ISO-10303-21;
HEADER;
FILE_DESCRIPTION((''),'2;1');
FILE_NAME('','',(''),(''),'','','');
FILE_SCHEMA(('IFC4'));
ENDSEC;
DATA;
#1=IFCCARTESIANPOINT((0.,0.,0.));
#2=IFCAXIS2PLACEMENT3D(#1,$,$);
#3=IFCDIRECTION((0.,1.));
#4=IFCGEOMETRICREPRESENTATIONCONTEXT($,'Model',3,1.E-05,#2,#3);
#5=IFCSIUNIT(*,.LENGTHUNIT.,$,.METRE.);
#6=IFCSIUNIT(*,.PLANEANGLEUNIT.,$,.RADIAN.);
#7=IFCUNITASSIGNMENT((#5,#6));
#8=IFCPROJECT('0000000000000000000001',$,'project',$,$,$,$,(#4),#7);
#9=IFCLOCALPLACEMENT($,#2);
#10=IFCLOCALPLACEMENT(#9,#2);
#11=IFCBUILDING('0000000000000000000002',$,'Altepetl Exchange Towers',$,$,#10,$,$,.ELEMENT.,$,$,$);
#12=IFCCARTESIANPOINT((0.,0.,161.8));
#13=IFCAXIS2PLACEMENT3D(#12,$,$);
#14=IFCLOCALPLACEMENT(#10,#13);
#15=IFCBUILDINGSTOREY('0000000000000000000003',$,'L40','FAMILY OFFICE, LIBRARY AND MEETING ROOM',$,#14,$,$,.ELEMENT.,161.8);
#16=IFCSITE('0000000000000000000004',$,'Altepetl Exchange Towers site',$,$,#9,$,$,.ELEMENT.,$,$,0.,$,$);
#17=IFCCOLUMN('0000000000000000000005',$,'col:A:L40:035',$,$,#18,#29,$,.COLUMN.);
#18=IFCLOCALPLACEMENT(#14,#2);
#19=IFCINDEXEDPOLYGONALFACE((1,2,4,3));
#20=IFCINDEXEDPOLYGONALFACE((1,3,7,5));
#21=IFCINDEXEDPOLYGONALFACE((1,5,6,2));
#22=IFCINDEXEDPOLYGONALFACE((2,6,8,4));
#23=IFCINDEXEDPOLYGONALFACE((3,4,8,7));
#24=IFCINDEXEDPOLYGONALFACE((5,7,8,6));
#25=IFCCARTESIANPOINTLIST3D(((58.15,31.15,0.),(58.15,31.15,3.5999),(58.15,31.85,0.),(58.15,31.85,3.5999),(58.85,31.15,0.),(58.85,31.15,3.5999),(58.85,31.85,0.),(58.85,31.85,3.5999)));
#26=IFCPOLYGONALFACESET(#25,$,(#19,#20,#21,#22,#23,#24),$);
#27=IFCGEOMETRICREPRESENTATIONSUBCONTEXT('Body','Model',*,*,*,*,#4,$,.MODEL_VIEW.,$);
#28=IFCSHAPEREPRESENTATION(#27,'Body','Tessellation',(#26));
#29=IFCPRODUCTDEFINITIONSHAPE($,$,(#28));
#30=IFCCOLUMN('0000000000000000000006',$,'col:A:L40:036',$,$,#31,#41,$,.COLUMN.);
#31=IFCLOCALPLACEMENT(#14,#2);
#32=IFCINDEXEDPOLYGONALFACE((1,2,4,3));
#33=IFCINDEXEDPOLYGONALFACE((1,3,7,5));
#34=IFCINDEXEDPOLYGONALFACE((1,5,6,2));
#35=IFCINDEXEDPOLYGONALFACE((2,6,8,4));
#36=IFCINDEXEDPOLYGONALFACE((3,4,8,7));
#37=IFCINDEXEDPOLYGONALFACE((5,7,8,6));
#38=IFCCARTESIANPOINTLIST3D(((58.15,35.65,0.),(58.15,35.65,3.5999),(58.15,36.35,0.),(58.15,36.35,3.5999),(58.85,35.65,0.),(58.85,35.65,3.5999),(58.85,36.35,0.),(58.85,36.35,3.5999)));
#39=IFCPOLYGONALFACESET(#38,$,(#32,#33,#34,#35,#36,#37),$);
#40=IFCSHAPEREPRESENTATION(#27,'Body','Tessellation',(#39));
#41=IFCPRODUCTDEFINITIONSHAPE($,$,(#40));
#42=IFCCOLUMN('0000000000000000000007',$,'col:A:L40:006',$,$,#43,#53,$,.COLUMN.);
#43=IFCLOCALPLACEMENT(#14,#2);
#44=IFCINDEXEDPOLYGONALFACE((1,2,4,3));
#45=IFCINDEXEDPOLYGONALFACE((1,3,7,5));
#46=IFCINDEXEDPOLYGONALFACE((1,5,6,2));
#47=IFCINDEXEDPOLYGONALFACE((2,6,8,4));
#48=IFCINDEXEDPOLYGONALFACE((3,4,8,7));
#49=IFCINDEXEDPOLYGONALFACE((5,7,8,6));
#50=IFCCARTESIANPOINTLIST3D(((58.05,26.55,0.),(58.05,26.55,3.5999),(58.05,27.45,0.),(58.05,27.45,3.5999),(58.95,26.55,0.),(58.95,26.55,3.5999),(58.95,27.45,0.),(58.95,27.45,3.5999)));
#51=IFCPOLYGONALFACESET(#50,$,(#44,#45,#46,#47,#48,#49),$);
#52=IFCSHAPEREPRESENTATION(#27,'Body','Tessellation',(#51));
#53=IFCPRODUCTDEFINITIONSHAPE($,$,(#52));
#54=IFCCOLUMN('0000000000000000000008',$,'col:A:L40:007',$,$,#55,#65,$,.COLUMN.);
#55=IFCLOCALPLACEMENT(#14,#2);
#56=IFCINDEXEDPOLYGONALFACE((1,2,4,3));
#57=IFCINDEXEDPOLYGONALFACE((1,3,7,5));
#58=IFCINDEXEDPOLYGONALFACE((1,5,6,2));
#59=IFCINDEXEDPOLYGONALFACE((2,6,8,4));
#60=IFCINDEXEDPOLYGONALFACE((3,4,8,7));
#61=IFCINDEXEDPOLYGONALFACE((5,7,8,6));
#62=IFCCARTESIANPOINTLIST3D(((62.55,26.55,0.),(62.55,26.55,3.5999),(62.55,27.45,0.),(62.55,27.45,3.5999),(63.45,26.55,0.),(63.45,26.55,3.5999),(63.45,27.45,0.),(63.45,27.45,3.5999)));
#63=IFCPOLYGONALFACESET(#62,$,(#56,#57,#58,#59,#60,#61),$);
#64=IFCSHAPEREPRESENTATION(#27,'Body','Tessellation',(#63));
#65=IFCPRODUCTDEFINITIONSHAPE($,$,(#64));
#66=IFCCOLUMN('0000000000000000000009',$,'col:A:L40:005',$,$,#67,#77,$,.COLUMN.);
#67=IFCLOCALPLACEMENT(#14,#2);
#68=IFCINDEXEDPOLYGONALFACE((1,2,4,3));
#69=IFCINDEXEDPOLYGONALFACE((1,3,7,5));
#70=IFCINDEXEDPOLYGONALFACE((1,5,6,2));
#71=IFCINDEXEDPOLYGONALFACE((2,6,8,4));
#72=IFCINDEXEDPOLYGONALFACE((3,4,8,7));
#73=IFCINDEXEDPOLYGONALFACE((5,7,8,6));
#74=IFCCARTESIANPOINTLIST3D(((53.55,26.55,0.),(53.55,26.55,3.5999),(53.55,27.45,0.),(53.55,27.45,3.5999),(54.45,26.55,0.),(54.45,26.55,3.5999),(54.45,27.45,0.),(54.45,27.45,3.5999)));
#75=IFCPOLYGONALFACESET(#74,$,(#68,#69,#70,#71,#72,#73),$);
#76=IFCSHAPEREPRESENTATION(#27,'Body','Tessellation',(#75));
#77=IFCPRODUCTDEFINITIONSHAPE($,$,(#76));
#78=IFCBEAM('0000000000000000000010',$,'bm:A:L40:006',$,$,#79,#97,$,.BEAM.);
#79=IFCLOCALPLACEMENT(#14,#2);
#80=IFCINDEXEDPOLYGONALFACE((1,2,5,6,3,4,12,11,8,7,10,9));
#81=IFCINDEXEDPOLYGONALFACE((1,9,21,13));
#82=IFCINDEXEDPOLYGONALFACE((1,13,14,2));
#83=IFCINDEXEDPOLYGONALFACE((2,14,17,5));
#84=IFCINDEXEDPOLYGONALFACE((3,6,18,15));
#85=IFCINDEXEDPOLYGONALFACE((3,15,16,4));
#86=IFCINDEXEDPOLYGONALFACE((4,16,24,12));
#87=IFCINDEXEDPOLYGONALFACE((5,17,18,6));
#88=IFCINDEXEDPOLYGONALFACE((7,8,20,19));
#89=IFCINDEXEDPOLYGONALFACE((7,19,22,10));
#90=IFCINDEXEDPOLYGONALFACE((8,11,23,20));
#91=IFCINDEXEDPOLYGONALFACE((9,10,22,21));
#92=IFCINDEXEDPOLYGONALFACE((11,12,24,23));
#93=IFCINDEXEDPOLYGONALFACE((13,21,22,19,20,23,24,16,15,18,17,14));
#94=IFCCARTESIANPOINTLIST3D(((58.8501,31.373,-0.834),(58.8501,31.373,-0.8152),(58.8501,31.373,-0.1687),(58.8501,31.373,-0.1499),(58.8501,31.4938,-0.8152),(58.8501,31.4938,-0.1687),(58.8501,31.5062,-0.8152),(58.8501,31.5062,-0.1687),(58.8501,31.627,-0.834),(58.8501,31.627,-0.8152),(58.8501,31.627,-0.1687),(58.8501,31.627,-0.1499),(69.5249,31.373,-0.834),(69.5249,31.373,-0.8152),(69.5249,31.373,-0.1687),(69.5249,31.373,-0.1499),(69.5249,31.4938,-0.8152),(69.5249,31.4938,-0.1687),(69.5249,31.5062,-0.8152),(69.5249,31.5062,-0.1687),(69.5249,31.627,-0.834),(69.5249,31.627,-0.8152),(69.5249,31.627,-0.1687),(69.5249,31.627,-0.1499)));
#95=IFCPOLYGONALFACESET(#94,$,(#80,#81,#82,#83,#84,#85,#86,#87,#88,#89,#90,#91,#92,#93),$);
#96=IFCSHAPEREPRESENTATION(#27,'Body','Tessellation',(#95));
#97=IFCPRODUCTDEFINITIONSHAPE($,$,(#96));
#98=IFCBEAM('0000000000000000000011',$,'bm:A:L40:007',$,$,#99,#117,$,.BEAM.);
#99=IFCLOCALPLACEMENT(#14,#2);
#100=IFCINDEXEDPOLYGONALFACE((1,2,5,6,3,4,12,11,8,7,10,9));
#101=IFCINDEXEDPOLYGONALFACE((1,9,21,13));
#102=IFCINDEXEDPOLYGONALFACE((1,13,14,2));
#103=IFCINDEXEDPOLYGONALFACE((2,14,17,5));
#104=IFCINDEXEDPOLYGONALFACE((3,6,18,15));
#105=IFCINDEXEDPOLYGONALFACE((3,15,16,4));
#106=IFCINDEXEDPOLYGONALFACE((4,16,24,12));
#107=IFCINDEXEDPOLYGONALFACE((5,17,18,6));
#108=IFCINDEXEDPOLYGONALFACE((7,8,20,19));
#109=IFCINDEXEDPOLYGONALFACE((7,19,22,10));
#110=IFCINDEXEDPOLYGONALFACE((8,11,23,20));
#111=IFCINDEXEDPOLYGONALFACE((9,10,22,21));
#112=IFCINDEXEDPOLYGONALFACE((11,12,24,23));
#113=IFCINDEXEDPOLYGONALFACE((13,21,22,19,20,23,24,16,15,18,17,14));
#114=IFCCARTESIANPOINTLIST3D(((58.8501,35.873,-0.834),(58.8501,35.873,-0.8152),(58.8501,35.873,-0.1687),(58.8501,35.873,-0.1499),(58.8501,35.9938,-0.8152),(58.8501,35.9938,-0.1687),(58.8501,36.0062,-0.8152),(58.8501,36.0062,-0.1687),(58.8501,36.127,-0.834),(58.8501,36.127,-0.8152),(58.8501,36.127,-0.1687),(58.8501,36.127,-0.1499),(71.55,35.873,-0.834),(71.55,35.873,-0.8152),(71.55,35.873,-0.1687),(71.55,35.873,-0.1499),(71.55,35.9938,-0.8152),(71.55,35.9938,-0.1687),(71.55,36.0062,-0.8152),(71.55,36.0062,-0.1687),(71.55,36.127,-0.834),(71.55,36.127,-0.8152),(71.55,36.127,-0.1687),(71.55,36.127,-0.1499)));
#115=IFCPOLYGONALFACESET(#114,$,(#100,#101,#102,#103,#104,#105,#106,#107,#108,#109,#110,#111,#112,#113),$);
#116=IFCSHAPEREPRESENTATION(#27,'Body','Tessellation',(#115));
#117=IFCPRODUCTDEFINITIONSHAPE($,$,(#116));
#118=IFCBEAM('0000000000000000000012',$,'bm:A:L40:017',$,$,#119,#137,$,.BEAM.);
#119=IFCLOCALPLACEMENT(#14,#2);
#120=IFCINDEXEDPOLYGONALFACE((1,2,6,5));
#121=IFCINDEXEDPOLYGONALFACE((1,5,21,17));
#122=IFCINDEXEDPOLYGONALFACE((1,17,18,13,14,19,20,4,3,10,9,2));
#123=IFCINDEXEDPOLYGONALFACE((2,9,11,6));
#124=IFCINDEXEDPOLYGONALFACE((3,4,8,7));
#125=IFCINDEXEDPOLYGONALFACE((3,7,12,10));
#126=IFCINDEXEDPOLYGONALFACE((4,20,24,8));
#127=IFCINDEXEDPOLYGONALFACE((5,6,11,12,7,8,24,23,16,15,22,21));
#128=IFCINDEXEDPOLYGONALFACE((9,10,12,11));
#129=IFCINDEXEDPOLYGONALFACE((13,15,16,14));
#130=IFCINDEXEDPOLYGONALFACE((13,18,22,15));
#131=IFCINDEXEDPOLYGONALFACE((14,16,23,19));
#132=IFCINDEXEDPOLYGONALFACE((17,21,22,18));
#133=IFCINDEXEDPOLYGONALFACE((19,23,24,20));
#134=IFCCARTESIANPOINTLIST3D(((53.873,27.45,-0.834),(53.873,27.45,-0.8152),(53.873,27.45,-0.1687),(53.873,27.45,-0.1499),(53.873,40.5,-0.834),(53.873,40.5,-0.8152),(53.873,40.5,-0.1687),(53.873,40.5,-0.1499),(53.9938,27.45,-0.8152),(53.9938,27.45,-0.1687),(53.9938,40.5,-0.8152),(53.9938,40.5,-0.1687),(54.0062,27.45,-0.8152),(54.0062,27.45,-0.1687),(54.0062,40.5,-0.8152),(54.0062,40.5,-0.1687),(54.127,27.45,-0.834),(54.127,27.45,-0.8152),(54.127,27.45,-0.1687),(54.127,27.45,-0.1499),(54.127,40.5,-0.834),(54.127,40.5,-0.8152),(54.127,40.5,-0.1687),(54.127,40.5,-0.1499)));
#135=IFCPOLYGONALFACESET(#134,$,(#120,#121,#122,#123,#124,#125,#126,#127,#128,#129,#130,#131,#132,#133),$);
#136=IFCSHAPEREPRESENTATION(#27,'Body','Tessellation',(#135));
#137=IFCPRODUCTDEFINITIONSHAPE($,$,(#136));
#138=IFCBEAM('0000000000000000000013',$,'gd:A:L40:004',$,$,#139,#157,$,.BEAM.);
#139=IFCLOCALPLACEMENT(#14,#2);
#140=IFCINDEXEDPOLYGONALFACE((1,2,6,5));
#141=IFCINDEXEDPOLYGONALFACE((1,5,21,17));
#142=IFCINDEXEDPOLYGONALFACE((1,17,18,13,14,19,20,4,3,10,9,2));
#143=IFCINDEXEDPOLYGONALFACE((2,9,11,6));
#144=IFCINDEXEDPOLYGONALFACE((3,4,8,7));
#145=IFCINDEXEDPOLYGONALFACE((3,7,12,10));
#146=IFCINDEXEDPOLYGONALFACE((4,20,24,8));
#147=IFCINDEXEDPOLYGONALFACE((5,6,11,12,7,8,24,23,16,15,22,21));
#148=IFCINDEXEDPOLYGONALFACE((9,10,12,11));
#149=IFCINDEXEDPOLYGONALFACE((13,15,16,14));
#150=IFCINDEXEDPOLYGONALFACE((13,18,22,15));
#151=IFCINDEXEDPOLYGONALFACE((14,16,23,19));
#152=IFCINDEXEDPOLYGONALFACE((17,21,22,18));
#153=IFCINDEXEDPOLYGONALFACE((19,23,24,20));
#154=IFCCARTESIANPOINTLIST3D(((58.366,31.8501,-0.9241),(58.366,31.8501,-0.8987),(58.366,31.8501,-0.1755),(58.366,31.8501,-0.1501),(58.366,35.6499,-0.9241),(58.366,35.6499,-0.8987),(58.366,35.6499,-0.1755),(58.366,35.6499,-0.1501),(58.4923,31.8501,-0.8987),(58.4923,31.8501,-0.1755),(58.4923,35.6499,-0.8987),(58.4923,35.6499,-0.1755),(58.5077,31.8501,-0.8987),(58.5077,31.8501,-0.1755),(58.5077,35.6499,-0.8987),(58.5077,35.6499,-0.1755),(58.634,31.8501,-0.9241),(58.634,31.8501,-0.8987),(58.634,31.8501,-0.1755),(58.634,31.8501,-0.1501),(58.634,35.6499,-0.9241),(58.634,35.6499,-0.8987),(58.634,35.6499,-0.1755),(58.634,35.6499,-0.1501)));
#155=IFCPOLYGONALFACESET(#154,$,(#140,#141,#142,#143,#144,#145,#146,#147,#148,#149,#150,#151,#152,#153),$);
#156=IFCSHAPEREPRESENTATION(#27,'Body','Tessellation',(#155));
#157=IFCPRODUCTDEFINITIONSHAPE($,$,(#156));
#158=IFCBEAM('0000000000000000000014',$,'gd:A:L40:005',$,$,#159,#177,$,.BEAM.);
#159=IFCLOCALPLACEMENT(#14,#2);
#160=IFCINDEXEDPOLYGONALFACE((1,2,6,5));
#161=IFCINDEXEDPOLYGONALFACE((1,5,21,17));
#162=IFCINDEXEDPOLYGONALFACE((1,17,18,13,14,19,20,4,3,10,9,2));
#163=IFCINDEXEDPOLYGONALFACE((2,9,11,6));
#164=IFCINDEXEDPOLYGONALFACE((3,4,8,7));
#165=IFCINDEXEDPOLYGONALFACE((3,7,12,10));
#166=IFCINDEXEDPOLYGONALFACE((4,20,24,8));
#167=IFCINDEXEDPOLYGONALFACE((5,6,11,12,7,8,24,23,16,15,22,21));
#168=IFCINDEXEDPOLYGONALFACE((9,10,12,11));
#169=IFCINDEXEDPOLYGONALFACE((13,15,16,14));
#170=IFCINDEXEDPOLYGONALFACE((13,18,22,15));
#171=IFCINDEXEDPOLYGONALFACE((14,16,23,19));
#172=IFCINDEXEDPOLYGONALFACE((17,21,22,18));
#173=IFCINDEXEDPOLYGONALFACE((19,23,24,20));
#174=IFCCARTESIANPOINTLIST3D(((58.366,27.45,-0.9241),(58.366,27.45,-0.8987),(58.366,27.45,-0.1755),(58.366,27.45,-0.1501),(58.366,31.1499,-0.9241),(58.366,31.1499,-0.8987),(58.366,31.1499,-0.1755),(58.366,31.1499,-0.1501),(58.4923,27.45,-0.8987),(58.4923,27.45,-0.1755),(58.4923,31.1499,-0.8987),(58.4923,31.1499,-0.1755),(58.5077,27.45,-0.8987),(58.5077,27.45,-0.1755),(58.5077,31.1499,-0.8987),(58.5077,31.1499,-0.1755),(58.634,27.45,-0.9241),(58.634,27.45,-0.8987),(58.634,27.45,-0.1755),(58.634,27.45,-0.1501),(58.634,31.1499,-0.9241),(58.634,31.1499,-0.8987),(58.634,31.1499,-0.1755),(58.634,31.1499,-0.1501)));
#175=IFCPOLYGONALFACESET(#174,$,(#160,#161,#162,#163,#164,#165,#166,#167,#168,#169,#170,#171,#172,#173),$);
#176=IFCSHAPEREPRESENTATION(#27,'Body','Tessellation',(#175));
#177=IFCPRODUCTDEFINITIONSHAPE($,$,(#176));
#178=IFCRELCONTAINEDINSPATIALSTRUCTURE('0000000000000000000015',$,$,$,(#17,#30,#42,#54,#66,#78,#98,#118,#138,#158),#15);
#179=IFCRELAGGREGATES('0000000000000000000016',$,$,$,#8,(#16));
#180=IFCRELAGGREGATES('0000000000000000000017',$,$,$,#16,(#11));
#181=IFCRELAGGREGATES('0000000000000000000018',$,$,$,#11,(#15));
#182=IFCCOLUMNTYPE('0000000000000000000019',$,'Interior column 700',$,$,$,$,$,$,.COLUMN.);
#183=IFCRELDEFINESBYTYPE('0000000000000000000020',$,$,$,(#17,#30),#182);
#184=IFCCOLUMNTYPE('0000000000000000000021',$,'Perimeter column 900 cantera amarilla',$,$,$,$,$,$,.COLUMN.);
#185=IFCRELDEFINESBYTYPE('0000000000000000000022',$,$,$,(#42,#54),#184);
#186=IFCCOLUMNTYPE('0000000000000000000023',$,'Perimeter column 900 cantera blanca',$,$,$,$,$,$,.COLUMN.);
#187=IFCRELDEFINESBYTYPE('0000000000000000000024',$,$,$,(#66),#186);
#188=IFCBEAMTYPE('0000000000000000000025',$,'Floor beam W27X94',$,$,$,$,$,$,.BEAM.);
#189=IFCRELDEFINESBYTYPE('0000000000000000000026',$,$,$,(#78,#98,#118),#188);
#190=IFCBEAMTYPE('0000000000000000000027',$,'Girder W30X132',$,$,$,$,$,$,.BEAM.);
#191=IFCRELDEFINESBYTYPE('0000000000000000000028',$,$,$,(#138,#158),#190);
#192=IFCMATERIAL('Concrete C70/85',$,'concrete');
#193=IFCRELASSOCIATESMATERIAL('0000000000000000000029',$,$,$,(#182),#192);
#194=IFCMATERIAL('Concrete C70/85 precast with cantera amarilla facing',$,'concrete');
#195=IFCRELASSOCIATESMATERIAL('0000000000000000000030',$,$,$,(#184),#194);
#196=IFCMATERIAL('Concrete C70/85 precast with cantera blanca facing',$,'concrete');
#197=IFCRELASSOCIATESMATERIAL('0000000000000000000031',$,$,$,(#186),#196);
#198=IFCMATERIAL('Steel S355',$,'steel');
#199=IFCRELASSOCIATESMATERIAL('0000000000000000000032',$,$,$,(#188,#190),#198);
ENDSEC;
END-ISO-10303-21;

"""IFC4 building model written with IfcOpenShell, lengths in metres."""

from ifc_helpers import new_model, si_unit, direction, frame, origin, origin_2d, place, context, subcontext, project, spatial, rectangle, i_section, extrude, material, material_profile, profile_set, type_object, element, save


model = new_model("IFC4")

# Units and contexts
model_context = context("Model", 3, precision=1e-05, world=origin(), true_north=direction((0.0, 1.0)))
body_context = subcontext(model_context, "Body", "Model", "MODEL_VIEW")
ifc_project = project(units=[si_unit("LENGTHUNIT", "METRE"), si_unit("PLANEANGLEUNIT", "RADIAN")], contexts=[model_context])

# Site, building, storey
site_placement = place(None, origin())
site = spatial("IfcSite", under=ifc_project, at=site_placement, Name="Altepetl Exchange Towers site", CompositionType="ELEMENT", RefElevation=0.0)
building_placement = place(site_placement, origin())
building = spatial("IfcBuilding", under=site, at=building_placement, Name="Altepetl Exchange Towers", CompositionType="ELEMENT")
storey_placement = place(building_placement, frame((0.0, 0.0, 161.8)))
storey = spatial("IfcBuildingStorey", under=building, at=storey_placement, Name="L40", Description="FAMILY OFFICE, LIBRARY AND MEETING ROOM", CompositionType="ELEMENT", Elevation=161.8)

# Columns
ifc_material_1 = material(Name="Concrete C70/85", Category="concrete")
ifc_material_profile_1 = material_profile(ifc_material_1, rectangle(XDim=0.7, YDim=0.7, at=origin_2d()), Name="700 x 700")
ifc_profile_set_1 = profile_set([ifc_material_profile_1], Name="Concrete C70/85")
column_type_1 = type_object("IfcColumnType", Name="Interior column 700", PredefinedType="COLUMN", material=ifc_profile_set_1)
for number, where, name in (
    (1, (58.5, 31.5, 0.0), "col:A:L40:035"),
    (2, (58.5, 36.0, 0.0), "col:A:L40:036"),
):
    element("IfcColumn", number, at=place(storey_placement, frame(where)), inside=storey, type_object=column_type_1, Name=name, PredefinedType="COLUMN", context=body_context, shape_type="SweptSolid", body=[
        extrude(rectangle(XDim=0.7, YDim=0.7, at=origin_2d()), origin(), (0.0, 0.0, 1.0), 3.5999),
    ])
ifc_material_2 = material(Name="Concrete C70/85 precast with cantera amarilla facing", Category="concrete")
ifc_material_profile_2 = material_profile(ifc_material_2, rectangle(XDim=0.8999, YDim=0.8999, at=origin_2d()), Name="900 x 900")
ifc_profile_set_2 = profile_set([ifc_material_profile_2], Name="Concrete C70/85 precast with cantera amarilla facing")
column_type_2 = type_object("IfcColumnType", Name="Perimeter column 900 cantera amarilla", PredefinedType="COLUMN", material=ifc_profile_set_2)
for number, where, name in (
    (3, (58.5, 27.0, 0.0), "col:A:L40:006"),
    (4, (63.0, 27.0, 0.0), "col:A:L40:007"),
):
    element("IfcColumn", number, at=place(storey_placement, frame(where)), inside=storey, type_object=column_type_2, Name=name, PredefinedType="COLUMN", context=body_context, shape_type="SweptSolid", body=[
        extrude(rectangle(XDim=0.8999, YDim=0.8999, at=origin_2d()), origin(), (0.0, 0.0, 1.0), 3.5999),
    ])
ifc_material_3 = material(Name="Concrete C70/85 precast with cantera blanca facing", Category="concrete")
ifc_material_profile_3 = material_profile(ifc_material_3, rectangle(XDim=0.8999, YDim=0.8999, at=origin_2d()), Name="900 x 900")
ifc_profile_set_3 = profile_set([ifc_material_profile_3], Name="Concrete C70/85 precast with cantera blanca facing")
column_type_3 = type_object("IfcColumnType", Name="Perimeter column 900 cantera blanca", PredefinedType="COLUMN", material=ifc_profile_set_3)
column_placement = place(storey_placement, frame((54.0, 27.0, 0.0)))
element("IfcColumn", 5, at=column_placement, inside=storey, type_object=column_type_3, Name="col:A:L40:005", PredefinedType="COLUMN", context=body_context, shape_type="SweptSolid", body=[
    extrude(rectangle(XDim=0.8999, YDim=0.8999, at=origin_2d()), origin(), (0.0, 0.0, 1.0), 3.5999),
])

# Beams
ifc_material_4 = material(Name="Steel S355", Category="steel")
ifc_material_profile_4 = material_profile(ifc_material_4, i_section(OverallWidth=0.2539, OverallDepth=0.6841, WebThickness=0.0125, FlangeThickness=0.0188, at=origin_2d()), Name="W27X94")
ifc_profile_set_4 = profile_set([ifc_material_profile_4], Name="Steel S355")
beam_type_1 = type_object("IfcBeamType", Name="Floor beam W27X94", PredefinedType="BEAM", material=ifc_profile_set_4)
beam_1_placement = place(storey_placement, frame((58.8501, 31.5, -0.4919), z_axis=(1.0, 0.0, 0.0), x_axis=(0.0, 1.0, 0.0)))
element("IfcBeam", 6, at=beam_1_placement, inside=storey, type_object=beam_type_1, Name="bm:A:L40:006", PredefinedType="BEAM", context=body_context, shape_type="SweptSolid", body=[
    extrude(i_section(OverallWidth=0.2539, OverallDepth=0.6841, WebThickness=0.0125, FlangeThickness=0.0188, at=origin_2d()), origin(), (0.0, 0.0, 1.0), 10.6748),
])
beam_2_placement = place(storey_placement, frame((58.8501, 36.0, -0.4919), z_axis=(1.0, 0.0, 0.0), x_axis=(0.0, 1.0, 0.0)))
element("IfcBeam", 7, at=beam_2_placement, inside=storey, type_object=beam_type_1, Name="bm:A:L40:007", PredefinedType="BEAM", context=body_context, shape_type="SweptSolid", body=[
    extrude(i_section(OverallWidth=0.2539, OverallDepth=0.6841, WebThickness=0.0125, FlangeThickness=0.0188, at=origin_2d()), origin(), (0.0, 0.0, 1.0), 12.7),
])
beam_3_placement = place(storey_placement, frame((54.0, 27.45, -0.4919), z_axis=(0.0, 1.0, 0.0), x_axis=(-1.0, 0.0, 0.0)))
element("IfcBeam", 8, at=beam_3_placement, inside=storey, type_object=beam_type_1, Name="bm:A:L40:017", PredefinedType="BEAM", context=body_context, shape_type="SweptSolid", body=[
    extrude(i_section(OverallWidth=0.2539, OverallDepth=0.6841, WebThickness=0.0125, FlangeThickness=0.0188, at=origin_2d()), origin(), (0.0, 0.0, 1.0), 13.05),
])
ifc_material_profile_5 = material_profile(ifc_material_4, i_section(OverallWidth=0.2681, OverallDepth=0.7739, WebThickness=0.0154, FlangeThickness=0.0254, at=origin_2d()), Name="W30X132")
ifc_profile_set_5 = profile_set([ifc_material_profile_5], Name="Steel S355")
beam_type_2 = type_object("IfcBeamType", Name="Girder W30X132", PredefinedType="BEAM", material=ifc_profile_set_5)
beam_4_placement = place(storey_placement, frame((58.5, 35.6499, -0.5371), z_axis=(0.0, -1.0, 0.0), x_axis=(1.0, 0.0, 0.0)))
element("IfcBeam", 9, at=beam_4_placement, inside=storey, type_object=beam_type_2, Name="gd:A:L40:004", PredefinedType="BEAM", context=body_context, shape_type="SweptSolid", body=[
    extrude(i_section(OverallWidth=0.2681, OverallDepth=0.7739, WebThickness=0.0154, FlangeThickness=0.0254, at=origin_2d()), origin(), (0.0, 0.0, 1.0), 3.7998),
])
beam_5_placement = place(storey_placement, frame((58.5, 31.1499, -0.5371), z_axis=(0.0, -1.0, 0.0), x_axis=(1.0, 0.0, 0.0)))
element("IfcBeam", 10, at=beam_5_placement, inside=storey, type_object=beam_type_2, Name="gd:A:L40:005", PredefinedType="BEAM", context=body_context, shape_type="SweptSolid", body=[
    extrude(i_section(OverallWidth=0.2681, OverallDepth=0.7739, WebThickness=0.0154, FlangeThickness=0.0254, at=origin_2d()), origin(), (0.0, 0.0, 1.0), 3.7),
])

save(model, "model.ifc")
